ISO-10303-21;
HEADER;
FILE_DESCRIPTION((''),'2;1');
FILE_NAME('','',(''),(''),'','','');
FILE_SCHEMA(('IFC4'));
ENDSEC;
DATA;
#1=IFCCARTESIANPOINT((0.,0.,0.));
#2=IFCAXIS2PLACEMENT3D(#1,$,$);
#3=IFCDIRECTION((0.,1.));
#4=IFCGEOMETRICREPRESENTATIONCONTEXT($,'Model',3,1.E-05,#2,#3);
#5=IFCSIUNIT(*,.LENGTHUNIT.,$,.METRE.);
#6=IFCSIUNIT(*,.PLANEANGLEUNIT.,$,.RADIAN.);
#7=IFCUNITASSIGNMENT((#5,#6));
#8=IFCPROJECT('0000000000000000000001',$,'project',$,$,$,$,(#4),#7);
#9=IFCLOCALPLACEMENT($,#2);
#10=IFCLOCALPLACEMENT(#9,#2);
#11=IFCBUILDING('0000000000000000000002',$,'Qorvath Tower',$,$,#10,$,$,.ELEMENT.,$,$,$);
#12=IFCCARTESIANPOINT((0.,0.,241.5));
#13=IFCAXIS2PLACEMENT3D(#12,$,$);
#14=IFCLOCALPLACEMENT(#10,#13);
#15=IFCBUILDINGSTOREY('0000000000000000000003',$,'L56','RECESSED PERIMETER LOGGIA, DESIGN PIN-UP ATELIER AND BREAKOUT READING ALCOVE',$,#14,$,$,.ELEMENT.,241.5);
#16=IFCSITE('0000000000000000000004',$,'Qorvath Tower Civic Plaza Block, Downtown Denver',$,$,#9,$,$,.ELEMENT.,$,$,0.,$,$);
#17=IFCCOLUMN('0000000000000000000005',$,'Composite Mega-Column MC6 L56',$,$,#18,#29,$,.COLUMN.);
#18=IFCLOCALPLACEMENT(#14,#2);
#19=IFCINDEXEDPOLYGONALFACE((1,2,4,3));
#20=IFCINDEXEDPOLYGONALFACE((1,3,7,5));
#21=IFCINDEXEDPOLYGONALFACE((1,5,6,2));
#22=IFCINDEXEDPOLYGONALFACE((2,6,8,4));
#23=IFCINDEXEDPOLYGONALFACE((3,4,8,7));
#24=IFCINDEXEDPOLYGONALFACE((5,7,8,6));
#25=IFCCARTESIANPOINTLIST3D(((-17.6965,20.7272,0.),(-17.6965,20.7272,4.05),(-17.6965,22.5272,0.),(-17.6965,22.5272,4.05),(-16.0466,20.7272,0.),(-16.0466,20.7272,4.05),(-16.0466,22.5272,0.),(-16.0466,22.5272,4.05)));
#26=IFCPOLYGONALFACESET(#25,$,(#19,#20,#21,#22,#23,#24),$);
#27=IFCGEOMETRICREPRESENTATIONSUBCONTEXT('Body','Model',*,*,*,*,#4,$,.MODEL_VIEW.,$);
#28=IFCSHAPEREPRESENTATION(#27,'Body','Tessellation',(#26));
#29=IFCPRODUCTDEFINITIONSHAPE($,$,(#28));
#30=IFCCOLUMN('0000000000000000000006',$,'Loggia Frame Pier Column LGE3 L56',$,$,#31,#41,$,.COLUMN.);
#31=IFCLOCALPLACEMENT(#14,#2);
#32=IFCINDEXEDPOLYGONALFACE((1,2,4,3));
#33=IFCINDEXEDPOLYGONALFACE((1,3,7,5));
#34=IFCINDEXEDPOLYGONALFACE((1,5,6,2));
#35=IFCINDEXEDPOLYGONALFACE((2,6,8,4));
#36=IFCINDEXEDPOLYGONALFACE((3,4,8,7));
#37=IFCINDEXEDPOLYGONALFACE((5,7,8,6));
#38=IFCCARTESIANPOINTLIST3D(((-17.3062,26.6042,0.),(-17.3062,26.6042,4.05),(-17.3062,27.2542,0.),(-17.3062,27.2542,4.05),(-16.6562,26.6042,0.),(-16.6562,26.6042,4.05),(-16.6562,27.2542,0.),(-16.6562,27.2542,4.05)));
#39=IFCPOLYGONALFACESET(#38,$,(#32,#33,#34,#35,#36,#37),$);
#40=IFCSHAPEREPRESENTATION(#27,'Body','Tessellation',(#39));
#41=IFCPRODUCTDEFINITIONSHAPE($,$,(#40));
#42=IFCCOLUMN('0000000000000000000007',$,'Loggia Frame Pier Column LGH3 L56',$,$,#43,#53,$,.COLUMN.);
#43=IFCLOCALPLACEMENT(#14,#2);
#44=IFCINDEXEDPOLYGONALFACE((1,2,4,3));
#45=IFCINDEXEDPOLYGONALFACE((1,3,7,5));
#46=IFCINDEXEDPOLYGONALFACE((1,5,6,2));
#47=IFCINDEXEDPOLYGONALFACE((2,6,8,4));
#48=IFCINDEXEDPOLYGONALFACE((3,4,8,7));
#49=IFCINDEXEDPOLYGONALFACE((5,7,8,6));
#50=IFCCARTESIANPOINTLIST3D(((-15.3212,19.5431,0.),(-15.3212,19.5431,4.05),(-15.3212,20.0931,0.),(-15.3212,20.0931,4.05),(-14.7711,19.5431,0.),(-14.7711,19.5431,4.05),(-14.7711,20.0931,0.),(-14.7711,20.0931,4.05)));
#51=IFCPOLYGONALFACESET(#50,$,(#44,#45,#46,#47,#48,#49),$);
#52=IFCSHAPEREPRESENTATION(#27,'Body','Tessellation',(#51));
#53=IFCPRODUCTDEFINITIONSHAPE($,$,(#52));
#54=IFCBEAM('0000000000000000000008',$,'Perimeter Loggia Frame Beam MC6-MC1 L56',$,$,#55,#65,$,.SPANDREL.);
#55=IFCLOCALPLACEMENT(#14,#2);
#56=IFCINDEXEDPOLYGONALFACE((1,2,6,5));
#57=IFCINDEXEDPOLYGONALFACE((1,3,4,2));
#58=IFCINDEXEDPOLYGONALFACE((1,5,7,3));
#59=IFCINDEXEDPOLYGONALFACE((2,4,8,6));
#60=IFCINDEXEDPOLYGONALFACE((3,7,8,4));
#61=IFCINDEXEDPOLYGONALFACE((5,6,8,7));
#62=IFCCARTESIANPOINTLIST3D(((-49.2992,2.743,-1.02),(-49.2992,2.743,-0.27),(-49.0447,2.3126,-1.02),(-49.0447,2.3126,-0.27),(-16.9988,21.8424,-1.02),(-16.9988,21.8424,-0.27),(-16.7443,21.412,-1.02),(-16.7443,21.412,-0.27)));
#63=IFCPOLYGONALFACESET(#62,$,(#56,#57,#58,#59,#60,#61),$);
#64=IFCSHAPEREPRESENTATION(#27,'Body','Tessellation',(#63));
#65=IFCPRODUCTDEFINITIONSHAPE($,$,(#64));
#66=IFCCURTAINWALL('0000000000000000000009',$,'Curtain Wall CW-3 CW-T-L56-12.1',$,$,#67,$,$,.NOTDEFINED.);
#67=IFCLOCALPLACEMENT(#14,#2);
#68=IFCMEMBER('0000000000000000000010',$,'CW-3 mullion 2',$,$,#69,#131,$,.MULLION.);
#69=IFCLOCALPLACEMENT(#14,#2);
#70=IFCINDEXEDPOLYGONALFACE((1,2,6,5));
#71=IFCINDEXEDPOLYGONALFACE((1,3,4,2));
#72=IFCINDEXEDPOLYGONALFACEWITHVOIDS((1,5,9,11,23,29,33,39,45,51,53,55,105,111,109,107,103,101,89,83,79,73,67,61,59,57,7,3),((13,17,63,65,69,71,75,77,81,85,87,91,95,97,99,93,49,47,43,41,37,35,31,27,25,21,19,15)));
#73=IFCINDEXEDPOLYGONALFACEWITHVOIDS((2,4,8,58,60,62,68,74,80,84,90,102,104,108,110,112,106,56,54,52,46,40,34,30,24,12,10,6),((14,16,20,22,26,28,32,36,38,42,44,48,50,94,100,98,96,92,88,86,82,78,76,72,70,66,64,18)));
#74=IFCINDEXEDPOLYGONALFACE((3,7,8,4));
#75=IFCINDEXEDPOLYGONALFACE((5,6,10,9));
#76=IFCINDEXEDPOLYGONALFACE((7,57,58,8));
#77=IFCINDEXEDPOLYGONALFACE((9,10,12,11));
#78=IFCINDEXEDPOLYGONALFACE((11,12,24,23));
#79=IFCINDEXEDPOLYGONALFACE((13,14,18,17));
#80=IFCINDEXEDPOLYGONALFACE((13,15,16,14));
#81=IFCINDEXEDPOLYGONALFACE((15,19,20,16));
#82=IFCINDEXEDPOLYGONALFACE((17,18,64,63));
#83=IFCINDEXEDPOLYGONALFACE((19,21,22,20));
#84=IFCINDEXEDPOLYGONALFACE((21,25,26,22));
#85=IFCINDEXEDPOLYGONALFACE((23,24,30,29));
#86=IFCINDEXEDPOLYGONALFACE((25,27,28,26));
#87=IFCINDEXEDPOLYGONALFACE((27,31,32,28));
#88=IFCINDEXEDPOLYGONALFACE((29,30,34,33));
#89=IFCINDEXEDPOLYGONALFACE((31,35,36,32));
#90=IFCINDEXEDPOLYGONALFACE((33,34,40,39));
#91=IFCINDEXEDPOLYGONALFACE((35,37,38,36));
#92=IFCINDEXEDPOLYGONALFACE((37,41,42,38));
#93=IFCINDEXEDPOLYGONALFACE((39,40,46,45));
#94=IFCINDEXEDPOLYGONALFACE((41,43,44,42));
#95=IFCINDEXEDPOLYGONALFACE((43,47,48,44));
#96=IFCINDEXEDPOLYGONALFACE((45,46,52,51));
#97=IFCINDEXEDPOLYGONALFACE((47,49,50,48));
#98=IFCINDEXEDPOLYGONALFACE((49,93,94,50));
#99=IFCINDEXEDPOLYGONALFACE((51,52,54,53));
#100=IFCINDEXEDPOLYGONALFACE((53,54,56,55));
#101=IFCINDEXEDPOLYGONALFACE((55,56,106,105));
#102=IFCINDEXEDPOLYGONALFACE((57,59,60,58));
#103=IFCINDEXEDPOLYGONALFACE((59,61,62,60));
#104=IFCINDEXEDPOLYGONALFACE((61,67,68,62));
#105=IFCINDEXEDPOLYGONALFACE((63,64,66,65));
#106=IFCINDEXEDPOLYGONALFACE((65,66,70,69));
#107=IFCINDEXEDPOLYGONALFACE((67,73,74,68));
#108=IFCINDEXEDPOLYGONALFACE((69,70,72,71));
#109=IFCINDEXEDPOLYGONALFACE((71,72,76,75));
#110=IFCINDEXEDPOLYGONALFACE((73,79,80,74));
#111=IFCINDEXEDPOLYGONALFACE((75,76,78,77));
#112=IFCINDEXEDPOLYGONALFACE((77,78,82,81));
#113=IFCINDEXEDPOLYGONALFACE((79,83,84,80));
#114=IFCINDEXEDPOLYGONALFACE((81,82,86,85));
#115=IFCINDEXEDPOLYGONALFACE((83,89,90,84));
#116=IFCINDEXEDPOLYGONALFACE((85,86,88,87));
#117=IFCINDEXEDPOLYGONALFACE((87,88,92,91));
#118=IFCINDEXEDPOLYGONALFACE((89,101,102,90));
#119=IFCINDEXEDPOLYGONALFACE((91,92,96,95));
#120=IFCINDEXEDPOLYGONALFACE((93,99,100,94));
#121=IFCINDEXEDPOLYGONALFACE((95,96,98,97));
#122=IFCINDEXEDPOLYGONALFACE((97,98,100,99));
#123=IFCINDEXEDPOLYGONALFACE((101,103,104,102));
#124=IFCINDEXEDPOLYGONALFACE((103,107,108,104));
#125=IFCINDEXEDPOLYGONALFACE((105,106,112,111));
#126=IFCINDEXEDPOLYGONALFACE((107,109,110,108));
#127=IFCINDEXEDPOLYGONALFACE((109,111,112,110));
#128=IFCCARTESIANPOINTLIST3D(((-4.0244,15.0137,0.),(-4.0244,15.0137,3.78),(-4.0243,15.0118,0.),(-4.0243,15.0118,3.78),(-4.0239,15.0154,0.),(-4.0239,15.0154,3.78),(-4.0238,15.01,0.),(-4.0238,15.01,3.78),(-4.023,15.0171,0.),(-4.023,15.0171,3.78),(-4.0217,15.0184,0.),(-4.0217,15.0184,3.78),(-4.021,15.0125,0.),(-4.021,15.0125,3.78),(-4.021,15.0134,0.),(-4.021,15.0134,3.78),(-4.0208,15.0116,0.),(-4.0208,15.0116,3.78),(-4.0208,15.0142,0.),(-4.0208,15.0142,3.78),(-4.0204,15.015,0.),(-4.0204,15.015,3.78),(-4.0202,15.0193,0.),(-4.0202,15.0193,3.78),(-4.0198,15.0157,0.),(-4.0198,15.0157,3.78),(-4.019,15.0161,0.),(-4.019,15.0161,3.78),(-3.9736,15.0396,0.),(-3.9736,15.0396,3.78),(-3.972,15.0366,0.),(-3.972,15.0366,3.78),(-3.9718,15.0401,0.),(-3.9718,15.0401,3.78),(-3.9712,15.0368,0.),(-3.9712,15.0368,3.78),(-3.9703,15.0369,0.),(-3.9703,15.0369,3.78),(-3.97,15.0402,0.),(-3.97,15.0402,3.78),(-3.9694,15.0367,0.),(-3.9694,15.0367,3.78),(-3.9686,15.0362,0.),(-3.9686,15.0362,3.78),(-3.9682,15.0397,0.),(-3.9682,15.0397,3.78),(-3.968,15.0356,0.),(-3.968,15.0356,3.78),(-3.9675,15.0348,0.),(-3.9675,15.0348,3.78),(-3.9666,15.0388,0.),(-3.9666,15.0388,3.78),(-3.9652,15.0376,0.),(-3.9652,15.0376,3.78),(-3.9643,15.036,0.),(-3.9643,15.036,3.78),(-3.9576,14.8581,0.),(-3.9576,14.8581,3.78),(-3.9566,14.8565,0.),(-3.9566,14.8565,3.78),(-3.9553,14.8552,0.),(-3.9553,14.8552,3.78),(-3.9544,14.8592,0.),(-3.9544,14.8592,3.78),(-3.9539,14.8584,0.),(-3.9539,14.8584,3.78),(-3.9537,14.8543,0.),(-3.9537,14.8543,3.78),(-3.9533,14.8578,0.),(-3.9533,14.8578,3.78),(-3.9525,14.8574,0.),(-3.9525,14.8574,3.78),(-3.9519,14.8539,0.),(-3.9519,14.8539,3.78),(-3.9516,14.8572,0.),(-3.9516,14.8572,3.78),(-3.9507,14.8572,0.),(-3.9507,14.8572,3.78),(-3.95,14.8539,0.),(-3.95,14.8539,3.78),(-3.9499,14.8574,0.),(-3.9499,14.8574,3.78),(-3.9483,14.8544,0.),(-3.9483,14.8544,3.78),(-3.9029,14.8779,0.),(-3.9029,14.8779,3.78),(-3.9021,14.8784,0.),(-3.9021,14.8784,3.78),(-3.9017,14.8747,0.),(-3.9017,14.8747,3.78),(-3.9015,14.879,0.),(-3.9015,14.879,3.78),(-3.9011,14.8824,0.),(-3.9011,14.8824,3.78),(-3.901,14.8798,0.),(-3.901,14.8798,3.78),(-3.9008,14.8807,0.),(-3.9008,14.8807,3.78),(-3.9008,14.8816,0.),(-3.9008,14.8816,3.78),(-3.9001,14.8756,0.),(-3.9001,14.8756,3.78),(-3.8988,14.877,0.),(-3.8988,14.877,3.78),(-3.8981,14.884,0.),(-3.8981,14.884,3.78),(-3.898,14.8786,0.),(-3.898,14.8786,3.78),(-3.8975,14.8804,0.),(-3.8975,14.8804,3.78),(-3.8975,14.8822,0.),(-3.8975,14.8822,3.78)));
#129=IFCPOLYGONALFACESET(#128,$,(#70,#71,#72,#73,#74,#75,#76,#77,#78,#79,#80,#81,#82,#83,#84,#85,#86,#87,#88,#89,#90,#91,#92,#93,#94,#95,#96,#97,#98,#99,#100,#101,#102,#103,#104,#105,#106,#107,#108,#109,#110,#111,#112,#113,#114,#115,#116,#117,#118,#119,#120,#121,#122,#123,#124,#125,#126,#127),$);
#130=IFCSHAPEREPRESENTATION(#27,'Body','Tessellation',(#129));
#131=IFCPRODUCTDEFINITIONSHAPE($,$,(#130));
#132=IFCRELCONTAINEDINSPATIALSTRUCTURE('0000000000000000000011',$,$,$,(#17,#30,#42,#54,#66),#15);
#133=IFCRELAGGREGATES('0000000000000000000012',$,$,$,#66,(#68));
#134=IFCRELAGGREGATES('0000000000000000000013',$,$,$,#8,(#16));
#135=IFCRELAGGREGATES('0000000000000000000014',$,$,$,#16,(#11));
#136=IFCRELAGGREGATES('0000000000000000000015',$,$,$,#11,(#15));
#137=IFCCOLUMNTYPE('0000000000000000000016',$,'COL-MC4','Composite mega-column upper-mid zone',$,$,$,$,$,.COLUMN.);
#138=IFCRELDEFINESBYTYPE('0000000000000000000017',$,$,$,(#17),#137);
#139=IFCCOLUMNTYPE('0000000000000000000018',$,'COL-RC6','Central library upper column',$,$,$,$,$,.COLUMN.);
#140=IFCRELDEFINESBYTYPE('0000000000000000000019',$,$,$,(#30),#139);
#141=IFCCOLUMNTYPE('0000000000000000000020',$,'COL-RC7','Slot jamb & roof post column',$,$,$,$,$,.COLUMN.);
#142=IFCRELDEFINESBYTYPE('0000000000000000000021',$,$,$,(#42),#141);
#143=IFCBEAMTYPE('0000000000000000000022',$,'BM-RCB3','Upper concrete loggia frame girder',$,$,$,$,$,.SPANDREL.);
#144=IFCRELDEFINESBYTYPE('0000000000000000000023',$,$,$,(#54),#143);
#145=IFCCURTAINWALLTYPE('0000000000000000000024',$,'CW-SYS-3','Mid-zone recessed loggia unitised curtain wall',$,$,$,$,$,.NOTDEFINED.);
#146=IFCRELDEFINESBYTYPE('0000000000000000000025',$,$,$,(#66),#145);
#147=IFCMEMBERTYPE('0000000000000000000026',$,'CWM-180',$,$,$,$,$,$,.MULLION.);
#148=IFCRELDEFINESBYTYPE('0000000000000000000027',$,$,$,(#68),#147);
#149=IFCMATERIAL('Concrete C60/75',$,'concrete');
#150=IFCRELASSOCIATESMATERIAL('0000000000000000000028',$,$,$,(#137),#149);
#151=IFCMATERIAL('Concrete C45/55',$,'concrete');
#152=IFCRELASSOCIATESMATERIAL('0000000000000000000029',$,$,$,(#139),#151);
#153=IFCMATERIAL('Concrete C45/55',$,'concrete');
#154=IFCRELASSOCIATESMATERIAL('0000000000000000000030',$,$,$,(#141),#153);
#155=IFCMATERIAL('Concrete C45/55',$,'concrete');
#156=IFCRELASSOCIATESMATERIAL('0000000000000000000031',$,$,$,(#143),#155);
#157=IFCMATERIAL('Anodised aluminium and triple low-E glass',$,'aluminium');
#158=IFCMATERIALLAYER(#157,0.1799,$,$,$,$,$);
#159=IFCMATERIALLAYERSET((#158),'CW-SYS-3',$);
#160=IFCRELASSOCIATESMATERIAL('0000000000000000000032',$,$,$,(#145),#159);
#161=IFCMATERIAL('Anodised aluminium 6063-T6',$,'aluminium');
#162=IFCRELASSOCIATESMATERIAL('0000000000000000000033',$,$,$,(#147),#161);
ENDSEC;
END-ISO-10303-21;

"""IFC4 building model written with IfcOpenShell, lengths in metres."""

from ifc_helpers import new_model, si_unit, direction, frame, origin, origin_2d, place, context, subcontext, project, spatial, rectangle, hollow_rectangle, extrude, material, layer, layer_set, material_profile, profile_set, type_object, element, aggregate, save


model = new_model("IFC4")

# Units and contexts
model_context = context("Model", 3, precision=1e-05, world=origin(), true_north=direction((0.0, 1.0)))
body_context = subcontext(model_context, "Body", "Model", "MODEL_VIEW")
ifc_project = project(units=[si_unit("LENGTHUNIT", "METRE"), si_unit("PLANEANGLEUNIT", "RADIAN")], contexts=[model_context])

# Site, building, storey
site_placement = place(None, origin())
site = spatial("IfcSite", under=ifc_project, at=site_placement, Name="Qorvath Tower Civic Plaza Block, Downtown Denver", CompositionType="ELEMENT", RefElevation=0.0)
building_placement = place(site_placement, origin())
building = spatial("IfcBuilding", under=site, at=building_placement, Name="Qorvath Tower", CompositionType="ELEMENT")
storey_placement = place(building_placement, frame((0.0, 0.0, 241.5)))
storey = spatial("IfcBuildingStorey", under=building, at=storey_placement, Name="L56", Description="RECESSED PERIMETER LOGGIA, DESIGN PIN-UP ATELIER AND BREAKOUT READING ALCOVE", CompositionType="ELEMENT", Elevation=241.5)

# Columns
ifc_material_1 = material(Name="Concrete C60/75", Category="concrete")
ifc_material_profile_1 = material_profile(ifc_material_1, rectangle(XDim=1.6499, YDim=1.8, at=origin_2d()), Name="MC 1800x1650")
ifc_profile_set_1 = profile_set([ifc_material_profile_1], Name="Concrete C60/75")
column_type_1 = type_object("IfcColumnType", Name="COL-MC4", Description="Composite mega-column upper-mid zone", PredefinedType="COLUMN", material=ifc_profile_set_1)
column_1_placement = place(storey_placement, frame((-16.8716, 21.6272, 0.0), z_axis=(0.0, 0.0, 1.0), x_axis=(1.0, 0.0, 0.0)))
element("IfcColumn", 1, at=column_1_placement, inside=storey, type_object=column_type_1, Name="Composite Mega-Column MC6 L56", PredefinedType="COLUMN", context=body_context, shape_type="SweptSolid", body=[
    extrude(rectangle(XDim=1.6499, YDim=1.8, at=origin_2d()), origin(), (0.0, 0.0, 1.0), 4.05),
])
ifc_material_2 = material(Name="Concrete C45/55", Category="concrete")
ifc_material_profile_2 = material_profile(ifc_material_2, rectangle(XDim=0.6499, YDim=0.6499, at=origin_2d()), Name="RC 650x650")
ifc_profile_set_2 = profile_set([ifc_material_profile_2], Name="Concrete C45/55")
column_type_2 = type_object("IfcColumnType", Name="COL-RC6", Description="Central library upper column", PredefinedType="COLUMN", material=ifc_profile_set_2)
column_2_placement = place(storey_placement, frame((-16.9812, 26.9292, 0.0), z_axis=(0.0, 0.0, 1.0), x_axis=(1.0, 0.0, 0.0)))
element("IfcColumn", 2, at=column_2_placement, inside=storey, type_object=column_type_2, Name="Loggia Frame Pier Column LGE3 L56", PredefinedType="COLUMN", context=body_context, shape_type="SweptSolid", body=[
    extrude(rectangle(XDim=0.6499, YDim=0.6499, at=origin_2d()), origin(), (0.0, 0.0, 1.0), 4.05),
])
ifc_material_3 = material(Name="Concrete C45/55", Category="concrete")
ifc_material_profile_3 = material_profile(ifc_material_3, rectangle(XDim=0.55, YDim=0.55, at=origin_2d()), Name="RC 550x550")
ifc_profile_set_3 = profile_set([ifc_material_profile_3], Name="Concrete C45/55")
column_type_3 = type_object("IfcColumnType", Name="COL-RC7", Description="Slot jamb & roof post column", PredefinedType="COLUMN", material=ifc_profile_set_3)
column_3_placement = place(storey_placement, frame((-15.0461, 19.8181, 0.0), z_axis=(0.0, 0.0, 1.0), x_axis=(1.0, 0.0, 0.0)))
element("IfcColumn", 3, at=column_3_placement, inside=storey, type_object=column_type_3, Name="Loggia Frame Pier Column LGH3 L56", PredefinedType="COLUMN", context=body_context, shape_type="SweptSolid", body=[
    extrude(rectangle(XDim=0.55, YDim=0.55, at=origin_2d()), origin(), (0.0, 0.0, 1.0), 4.05),
])

# Beam
ifc_material_4 = material(Name="Concrete C45/55", Category="concrete")
ifc_material_profile_4 = material_profile(ifc_material_4, rectangle(XDim=0.5, YDim=0.75, at=origin_2d()), Name="RCB 750x500")
ifc_profile_set_4 = profile_set([ifc_material_profile_4], Name="Concrete C45/55")
beam_type = type_object("IfcBeamType", Name="BM-RCB3", Description="Upper concrete loggia frame girder", PredefinedType="SPANDREL", material=ifc_profile_set_4)
beam_placement = place(storey_placement, frame((-16.8716, 21.6272, -0.645), z_axis=(-0.860777, -0.508983, 0.0), x_axis=(0.508983, -0.860777, 0.0)))
element("IfcBeam", 4, at=beam_placement, inside=storey, type_object=beam_type, Name="Perimeter Loggia Frame Beam MC6-MC1 L56", PredefinedType="SPANDREL", context=body_context, shape_type="SweptSolid", body=[
    extrude(rectangle(XDim=0.5, YDim=0.75, at=origin_2d()), origin(), (0.0, 0.0, 1.0), 37.5247),
])

# Curtain wall, member
ifc_material_5 = material(Name="Anodised aluminium and triple low-E glass", Category="aluminium")
ifc_layer_1 = layer(ifc_material_5, 0.1799)
ifc_layer_set_1 = layer_set([ifc_layer_1], Name="CW-SYS-3")
curtain_wall_type = type_object("IfcCurtainWallType", Name="CW-SYS-3", Description="Mid-zone recessed loggia unitised curtain wall", PredefinedType="NOTDEFINED", material=ifc_layer_set_1)
curtain_wall_1_placement = place(storey_placement, origin())
curtain_wall_1 = element("IfcCurtainWall", 5, at=curtain_wall_1_placement, inside=storey, type_object=curtain_wall_type, Name="Curtain Wall CW-3 CW-T-L56-12.1", PredefinedType="NOTDEFINED")
ifc_material_6 = material(Name="Anodised aluminium 6063-T6", Category="aluminium")
ifc_material_profile_5 = material_profile(ifc_material_6, hollow_rectangle(XDim=0.0649, YDim=0.1799, WallThickness=0.0034, InnerFilletRadius=0.0034, OuterFilletRadius=0.0071, at=origin_2d()), Name="CWM 180x65")
ifc_profile_set_5 = profile_set([ifc_material_profile_5], Name="Anodised aluminium 6063-T6")
member_type_1 = type_object("IfcMemberType", Name="CWM-180", PredefinedType="MULLION", material=ifc_profile_set_5)
member_1_placement = place(storey_placement, frame((-3.9609, 14.947, 0.0), z_axis=(0.0, 0.0, 1.0), x_axis=(-0.9167, -0.399576, 0.0)))
member_1 = element("IfcMember", 6, at=member_1_placement, type_object=member_type_1, Name="CW-3 mullion 2", PredefinedType="MULLION", context=body_context, shape_type="SweptSolid", body=[
    extrude(hollow_rectangle(XDim=0.0649, YDim=0.1799, WallThickness=0.0034, InnerFilletRadius=0.0034, OuterFilletRadius=0.0071, at=origin_2d()), origin(), (0.0, 0.0, 1.0), 3.78),
])

aggregate(curtain_wall_1, [member_1])

save(model, "model.ifc")
